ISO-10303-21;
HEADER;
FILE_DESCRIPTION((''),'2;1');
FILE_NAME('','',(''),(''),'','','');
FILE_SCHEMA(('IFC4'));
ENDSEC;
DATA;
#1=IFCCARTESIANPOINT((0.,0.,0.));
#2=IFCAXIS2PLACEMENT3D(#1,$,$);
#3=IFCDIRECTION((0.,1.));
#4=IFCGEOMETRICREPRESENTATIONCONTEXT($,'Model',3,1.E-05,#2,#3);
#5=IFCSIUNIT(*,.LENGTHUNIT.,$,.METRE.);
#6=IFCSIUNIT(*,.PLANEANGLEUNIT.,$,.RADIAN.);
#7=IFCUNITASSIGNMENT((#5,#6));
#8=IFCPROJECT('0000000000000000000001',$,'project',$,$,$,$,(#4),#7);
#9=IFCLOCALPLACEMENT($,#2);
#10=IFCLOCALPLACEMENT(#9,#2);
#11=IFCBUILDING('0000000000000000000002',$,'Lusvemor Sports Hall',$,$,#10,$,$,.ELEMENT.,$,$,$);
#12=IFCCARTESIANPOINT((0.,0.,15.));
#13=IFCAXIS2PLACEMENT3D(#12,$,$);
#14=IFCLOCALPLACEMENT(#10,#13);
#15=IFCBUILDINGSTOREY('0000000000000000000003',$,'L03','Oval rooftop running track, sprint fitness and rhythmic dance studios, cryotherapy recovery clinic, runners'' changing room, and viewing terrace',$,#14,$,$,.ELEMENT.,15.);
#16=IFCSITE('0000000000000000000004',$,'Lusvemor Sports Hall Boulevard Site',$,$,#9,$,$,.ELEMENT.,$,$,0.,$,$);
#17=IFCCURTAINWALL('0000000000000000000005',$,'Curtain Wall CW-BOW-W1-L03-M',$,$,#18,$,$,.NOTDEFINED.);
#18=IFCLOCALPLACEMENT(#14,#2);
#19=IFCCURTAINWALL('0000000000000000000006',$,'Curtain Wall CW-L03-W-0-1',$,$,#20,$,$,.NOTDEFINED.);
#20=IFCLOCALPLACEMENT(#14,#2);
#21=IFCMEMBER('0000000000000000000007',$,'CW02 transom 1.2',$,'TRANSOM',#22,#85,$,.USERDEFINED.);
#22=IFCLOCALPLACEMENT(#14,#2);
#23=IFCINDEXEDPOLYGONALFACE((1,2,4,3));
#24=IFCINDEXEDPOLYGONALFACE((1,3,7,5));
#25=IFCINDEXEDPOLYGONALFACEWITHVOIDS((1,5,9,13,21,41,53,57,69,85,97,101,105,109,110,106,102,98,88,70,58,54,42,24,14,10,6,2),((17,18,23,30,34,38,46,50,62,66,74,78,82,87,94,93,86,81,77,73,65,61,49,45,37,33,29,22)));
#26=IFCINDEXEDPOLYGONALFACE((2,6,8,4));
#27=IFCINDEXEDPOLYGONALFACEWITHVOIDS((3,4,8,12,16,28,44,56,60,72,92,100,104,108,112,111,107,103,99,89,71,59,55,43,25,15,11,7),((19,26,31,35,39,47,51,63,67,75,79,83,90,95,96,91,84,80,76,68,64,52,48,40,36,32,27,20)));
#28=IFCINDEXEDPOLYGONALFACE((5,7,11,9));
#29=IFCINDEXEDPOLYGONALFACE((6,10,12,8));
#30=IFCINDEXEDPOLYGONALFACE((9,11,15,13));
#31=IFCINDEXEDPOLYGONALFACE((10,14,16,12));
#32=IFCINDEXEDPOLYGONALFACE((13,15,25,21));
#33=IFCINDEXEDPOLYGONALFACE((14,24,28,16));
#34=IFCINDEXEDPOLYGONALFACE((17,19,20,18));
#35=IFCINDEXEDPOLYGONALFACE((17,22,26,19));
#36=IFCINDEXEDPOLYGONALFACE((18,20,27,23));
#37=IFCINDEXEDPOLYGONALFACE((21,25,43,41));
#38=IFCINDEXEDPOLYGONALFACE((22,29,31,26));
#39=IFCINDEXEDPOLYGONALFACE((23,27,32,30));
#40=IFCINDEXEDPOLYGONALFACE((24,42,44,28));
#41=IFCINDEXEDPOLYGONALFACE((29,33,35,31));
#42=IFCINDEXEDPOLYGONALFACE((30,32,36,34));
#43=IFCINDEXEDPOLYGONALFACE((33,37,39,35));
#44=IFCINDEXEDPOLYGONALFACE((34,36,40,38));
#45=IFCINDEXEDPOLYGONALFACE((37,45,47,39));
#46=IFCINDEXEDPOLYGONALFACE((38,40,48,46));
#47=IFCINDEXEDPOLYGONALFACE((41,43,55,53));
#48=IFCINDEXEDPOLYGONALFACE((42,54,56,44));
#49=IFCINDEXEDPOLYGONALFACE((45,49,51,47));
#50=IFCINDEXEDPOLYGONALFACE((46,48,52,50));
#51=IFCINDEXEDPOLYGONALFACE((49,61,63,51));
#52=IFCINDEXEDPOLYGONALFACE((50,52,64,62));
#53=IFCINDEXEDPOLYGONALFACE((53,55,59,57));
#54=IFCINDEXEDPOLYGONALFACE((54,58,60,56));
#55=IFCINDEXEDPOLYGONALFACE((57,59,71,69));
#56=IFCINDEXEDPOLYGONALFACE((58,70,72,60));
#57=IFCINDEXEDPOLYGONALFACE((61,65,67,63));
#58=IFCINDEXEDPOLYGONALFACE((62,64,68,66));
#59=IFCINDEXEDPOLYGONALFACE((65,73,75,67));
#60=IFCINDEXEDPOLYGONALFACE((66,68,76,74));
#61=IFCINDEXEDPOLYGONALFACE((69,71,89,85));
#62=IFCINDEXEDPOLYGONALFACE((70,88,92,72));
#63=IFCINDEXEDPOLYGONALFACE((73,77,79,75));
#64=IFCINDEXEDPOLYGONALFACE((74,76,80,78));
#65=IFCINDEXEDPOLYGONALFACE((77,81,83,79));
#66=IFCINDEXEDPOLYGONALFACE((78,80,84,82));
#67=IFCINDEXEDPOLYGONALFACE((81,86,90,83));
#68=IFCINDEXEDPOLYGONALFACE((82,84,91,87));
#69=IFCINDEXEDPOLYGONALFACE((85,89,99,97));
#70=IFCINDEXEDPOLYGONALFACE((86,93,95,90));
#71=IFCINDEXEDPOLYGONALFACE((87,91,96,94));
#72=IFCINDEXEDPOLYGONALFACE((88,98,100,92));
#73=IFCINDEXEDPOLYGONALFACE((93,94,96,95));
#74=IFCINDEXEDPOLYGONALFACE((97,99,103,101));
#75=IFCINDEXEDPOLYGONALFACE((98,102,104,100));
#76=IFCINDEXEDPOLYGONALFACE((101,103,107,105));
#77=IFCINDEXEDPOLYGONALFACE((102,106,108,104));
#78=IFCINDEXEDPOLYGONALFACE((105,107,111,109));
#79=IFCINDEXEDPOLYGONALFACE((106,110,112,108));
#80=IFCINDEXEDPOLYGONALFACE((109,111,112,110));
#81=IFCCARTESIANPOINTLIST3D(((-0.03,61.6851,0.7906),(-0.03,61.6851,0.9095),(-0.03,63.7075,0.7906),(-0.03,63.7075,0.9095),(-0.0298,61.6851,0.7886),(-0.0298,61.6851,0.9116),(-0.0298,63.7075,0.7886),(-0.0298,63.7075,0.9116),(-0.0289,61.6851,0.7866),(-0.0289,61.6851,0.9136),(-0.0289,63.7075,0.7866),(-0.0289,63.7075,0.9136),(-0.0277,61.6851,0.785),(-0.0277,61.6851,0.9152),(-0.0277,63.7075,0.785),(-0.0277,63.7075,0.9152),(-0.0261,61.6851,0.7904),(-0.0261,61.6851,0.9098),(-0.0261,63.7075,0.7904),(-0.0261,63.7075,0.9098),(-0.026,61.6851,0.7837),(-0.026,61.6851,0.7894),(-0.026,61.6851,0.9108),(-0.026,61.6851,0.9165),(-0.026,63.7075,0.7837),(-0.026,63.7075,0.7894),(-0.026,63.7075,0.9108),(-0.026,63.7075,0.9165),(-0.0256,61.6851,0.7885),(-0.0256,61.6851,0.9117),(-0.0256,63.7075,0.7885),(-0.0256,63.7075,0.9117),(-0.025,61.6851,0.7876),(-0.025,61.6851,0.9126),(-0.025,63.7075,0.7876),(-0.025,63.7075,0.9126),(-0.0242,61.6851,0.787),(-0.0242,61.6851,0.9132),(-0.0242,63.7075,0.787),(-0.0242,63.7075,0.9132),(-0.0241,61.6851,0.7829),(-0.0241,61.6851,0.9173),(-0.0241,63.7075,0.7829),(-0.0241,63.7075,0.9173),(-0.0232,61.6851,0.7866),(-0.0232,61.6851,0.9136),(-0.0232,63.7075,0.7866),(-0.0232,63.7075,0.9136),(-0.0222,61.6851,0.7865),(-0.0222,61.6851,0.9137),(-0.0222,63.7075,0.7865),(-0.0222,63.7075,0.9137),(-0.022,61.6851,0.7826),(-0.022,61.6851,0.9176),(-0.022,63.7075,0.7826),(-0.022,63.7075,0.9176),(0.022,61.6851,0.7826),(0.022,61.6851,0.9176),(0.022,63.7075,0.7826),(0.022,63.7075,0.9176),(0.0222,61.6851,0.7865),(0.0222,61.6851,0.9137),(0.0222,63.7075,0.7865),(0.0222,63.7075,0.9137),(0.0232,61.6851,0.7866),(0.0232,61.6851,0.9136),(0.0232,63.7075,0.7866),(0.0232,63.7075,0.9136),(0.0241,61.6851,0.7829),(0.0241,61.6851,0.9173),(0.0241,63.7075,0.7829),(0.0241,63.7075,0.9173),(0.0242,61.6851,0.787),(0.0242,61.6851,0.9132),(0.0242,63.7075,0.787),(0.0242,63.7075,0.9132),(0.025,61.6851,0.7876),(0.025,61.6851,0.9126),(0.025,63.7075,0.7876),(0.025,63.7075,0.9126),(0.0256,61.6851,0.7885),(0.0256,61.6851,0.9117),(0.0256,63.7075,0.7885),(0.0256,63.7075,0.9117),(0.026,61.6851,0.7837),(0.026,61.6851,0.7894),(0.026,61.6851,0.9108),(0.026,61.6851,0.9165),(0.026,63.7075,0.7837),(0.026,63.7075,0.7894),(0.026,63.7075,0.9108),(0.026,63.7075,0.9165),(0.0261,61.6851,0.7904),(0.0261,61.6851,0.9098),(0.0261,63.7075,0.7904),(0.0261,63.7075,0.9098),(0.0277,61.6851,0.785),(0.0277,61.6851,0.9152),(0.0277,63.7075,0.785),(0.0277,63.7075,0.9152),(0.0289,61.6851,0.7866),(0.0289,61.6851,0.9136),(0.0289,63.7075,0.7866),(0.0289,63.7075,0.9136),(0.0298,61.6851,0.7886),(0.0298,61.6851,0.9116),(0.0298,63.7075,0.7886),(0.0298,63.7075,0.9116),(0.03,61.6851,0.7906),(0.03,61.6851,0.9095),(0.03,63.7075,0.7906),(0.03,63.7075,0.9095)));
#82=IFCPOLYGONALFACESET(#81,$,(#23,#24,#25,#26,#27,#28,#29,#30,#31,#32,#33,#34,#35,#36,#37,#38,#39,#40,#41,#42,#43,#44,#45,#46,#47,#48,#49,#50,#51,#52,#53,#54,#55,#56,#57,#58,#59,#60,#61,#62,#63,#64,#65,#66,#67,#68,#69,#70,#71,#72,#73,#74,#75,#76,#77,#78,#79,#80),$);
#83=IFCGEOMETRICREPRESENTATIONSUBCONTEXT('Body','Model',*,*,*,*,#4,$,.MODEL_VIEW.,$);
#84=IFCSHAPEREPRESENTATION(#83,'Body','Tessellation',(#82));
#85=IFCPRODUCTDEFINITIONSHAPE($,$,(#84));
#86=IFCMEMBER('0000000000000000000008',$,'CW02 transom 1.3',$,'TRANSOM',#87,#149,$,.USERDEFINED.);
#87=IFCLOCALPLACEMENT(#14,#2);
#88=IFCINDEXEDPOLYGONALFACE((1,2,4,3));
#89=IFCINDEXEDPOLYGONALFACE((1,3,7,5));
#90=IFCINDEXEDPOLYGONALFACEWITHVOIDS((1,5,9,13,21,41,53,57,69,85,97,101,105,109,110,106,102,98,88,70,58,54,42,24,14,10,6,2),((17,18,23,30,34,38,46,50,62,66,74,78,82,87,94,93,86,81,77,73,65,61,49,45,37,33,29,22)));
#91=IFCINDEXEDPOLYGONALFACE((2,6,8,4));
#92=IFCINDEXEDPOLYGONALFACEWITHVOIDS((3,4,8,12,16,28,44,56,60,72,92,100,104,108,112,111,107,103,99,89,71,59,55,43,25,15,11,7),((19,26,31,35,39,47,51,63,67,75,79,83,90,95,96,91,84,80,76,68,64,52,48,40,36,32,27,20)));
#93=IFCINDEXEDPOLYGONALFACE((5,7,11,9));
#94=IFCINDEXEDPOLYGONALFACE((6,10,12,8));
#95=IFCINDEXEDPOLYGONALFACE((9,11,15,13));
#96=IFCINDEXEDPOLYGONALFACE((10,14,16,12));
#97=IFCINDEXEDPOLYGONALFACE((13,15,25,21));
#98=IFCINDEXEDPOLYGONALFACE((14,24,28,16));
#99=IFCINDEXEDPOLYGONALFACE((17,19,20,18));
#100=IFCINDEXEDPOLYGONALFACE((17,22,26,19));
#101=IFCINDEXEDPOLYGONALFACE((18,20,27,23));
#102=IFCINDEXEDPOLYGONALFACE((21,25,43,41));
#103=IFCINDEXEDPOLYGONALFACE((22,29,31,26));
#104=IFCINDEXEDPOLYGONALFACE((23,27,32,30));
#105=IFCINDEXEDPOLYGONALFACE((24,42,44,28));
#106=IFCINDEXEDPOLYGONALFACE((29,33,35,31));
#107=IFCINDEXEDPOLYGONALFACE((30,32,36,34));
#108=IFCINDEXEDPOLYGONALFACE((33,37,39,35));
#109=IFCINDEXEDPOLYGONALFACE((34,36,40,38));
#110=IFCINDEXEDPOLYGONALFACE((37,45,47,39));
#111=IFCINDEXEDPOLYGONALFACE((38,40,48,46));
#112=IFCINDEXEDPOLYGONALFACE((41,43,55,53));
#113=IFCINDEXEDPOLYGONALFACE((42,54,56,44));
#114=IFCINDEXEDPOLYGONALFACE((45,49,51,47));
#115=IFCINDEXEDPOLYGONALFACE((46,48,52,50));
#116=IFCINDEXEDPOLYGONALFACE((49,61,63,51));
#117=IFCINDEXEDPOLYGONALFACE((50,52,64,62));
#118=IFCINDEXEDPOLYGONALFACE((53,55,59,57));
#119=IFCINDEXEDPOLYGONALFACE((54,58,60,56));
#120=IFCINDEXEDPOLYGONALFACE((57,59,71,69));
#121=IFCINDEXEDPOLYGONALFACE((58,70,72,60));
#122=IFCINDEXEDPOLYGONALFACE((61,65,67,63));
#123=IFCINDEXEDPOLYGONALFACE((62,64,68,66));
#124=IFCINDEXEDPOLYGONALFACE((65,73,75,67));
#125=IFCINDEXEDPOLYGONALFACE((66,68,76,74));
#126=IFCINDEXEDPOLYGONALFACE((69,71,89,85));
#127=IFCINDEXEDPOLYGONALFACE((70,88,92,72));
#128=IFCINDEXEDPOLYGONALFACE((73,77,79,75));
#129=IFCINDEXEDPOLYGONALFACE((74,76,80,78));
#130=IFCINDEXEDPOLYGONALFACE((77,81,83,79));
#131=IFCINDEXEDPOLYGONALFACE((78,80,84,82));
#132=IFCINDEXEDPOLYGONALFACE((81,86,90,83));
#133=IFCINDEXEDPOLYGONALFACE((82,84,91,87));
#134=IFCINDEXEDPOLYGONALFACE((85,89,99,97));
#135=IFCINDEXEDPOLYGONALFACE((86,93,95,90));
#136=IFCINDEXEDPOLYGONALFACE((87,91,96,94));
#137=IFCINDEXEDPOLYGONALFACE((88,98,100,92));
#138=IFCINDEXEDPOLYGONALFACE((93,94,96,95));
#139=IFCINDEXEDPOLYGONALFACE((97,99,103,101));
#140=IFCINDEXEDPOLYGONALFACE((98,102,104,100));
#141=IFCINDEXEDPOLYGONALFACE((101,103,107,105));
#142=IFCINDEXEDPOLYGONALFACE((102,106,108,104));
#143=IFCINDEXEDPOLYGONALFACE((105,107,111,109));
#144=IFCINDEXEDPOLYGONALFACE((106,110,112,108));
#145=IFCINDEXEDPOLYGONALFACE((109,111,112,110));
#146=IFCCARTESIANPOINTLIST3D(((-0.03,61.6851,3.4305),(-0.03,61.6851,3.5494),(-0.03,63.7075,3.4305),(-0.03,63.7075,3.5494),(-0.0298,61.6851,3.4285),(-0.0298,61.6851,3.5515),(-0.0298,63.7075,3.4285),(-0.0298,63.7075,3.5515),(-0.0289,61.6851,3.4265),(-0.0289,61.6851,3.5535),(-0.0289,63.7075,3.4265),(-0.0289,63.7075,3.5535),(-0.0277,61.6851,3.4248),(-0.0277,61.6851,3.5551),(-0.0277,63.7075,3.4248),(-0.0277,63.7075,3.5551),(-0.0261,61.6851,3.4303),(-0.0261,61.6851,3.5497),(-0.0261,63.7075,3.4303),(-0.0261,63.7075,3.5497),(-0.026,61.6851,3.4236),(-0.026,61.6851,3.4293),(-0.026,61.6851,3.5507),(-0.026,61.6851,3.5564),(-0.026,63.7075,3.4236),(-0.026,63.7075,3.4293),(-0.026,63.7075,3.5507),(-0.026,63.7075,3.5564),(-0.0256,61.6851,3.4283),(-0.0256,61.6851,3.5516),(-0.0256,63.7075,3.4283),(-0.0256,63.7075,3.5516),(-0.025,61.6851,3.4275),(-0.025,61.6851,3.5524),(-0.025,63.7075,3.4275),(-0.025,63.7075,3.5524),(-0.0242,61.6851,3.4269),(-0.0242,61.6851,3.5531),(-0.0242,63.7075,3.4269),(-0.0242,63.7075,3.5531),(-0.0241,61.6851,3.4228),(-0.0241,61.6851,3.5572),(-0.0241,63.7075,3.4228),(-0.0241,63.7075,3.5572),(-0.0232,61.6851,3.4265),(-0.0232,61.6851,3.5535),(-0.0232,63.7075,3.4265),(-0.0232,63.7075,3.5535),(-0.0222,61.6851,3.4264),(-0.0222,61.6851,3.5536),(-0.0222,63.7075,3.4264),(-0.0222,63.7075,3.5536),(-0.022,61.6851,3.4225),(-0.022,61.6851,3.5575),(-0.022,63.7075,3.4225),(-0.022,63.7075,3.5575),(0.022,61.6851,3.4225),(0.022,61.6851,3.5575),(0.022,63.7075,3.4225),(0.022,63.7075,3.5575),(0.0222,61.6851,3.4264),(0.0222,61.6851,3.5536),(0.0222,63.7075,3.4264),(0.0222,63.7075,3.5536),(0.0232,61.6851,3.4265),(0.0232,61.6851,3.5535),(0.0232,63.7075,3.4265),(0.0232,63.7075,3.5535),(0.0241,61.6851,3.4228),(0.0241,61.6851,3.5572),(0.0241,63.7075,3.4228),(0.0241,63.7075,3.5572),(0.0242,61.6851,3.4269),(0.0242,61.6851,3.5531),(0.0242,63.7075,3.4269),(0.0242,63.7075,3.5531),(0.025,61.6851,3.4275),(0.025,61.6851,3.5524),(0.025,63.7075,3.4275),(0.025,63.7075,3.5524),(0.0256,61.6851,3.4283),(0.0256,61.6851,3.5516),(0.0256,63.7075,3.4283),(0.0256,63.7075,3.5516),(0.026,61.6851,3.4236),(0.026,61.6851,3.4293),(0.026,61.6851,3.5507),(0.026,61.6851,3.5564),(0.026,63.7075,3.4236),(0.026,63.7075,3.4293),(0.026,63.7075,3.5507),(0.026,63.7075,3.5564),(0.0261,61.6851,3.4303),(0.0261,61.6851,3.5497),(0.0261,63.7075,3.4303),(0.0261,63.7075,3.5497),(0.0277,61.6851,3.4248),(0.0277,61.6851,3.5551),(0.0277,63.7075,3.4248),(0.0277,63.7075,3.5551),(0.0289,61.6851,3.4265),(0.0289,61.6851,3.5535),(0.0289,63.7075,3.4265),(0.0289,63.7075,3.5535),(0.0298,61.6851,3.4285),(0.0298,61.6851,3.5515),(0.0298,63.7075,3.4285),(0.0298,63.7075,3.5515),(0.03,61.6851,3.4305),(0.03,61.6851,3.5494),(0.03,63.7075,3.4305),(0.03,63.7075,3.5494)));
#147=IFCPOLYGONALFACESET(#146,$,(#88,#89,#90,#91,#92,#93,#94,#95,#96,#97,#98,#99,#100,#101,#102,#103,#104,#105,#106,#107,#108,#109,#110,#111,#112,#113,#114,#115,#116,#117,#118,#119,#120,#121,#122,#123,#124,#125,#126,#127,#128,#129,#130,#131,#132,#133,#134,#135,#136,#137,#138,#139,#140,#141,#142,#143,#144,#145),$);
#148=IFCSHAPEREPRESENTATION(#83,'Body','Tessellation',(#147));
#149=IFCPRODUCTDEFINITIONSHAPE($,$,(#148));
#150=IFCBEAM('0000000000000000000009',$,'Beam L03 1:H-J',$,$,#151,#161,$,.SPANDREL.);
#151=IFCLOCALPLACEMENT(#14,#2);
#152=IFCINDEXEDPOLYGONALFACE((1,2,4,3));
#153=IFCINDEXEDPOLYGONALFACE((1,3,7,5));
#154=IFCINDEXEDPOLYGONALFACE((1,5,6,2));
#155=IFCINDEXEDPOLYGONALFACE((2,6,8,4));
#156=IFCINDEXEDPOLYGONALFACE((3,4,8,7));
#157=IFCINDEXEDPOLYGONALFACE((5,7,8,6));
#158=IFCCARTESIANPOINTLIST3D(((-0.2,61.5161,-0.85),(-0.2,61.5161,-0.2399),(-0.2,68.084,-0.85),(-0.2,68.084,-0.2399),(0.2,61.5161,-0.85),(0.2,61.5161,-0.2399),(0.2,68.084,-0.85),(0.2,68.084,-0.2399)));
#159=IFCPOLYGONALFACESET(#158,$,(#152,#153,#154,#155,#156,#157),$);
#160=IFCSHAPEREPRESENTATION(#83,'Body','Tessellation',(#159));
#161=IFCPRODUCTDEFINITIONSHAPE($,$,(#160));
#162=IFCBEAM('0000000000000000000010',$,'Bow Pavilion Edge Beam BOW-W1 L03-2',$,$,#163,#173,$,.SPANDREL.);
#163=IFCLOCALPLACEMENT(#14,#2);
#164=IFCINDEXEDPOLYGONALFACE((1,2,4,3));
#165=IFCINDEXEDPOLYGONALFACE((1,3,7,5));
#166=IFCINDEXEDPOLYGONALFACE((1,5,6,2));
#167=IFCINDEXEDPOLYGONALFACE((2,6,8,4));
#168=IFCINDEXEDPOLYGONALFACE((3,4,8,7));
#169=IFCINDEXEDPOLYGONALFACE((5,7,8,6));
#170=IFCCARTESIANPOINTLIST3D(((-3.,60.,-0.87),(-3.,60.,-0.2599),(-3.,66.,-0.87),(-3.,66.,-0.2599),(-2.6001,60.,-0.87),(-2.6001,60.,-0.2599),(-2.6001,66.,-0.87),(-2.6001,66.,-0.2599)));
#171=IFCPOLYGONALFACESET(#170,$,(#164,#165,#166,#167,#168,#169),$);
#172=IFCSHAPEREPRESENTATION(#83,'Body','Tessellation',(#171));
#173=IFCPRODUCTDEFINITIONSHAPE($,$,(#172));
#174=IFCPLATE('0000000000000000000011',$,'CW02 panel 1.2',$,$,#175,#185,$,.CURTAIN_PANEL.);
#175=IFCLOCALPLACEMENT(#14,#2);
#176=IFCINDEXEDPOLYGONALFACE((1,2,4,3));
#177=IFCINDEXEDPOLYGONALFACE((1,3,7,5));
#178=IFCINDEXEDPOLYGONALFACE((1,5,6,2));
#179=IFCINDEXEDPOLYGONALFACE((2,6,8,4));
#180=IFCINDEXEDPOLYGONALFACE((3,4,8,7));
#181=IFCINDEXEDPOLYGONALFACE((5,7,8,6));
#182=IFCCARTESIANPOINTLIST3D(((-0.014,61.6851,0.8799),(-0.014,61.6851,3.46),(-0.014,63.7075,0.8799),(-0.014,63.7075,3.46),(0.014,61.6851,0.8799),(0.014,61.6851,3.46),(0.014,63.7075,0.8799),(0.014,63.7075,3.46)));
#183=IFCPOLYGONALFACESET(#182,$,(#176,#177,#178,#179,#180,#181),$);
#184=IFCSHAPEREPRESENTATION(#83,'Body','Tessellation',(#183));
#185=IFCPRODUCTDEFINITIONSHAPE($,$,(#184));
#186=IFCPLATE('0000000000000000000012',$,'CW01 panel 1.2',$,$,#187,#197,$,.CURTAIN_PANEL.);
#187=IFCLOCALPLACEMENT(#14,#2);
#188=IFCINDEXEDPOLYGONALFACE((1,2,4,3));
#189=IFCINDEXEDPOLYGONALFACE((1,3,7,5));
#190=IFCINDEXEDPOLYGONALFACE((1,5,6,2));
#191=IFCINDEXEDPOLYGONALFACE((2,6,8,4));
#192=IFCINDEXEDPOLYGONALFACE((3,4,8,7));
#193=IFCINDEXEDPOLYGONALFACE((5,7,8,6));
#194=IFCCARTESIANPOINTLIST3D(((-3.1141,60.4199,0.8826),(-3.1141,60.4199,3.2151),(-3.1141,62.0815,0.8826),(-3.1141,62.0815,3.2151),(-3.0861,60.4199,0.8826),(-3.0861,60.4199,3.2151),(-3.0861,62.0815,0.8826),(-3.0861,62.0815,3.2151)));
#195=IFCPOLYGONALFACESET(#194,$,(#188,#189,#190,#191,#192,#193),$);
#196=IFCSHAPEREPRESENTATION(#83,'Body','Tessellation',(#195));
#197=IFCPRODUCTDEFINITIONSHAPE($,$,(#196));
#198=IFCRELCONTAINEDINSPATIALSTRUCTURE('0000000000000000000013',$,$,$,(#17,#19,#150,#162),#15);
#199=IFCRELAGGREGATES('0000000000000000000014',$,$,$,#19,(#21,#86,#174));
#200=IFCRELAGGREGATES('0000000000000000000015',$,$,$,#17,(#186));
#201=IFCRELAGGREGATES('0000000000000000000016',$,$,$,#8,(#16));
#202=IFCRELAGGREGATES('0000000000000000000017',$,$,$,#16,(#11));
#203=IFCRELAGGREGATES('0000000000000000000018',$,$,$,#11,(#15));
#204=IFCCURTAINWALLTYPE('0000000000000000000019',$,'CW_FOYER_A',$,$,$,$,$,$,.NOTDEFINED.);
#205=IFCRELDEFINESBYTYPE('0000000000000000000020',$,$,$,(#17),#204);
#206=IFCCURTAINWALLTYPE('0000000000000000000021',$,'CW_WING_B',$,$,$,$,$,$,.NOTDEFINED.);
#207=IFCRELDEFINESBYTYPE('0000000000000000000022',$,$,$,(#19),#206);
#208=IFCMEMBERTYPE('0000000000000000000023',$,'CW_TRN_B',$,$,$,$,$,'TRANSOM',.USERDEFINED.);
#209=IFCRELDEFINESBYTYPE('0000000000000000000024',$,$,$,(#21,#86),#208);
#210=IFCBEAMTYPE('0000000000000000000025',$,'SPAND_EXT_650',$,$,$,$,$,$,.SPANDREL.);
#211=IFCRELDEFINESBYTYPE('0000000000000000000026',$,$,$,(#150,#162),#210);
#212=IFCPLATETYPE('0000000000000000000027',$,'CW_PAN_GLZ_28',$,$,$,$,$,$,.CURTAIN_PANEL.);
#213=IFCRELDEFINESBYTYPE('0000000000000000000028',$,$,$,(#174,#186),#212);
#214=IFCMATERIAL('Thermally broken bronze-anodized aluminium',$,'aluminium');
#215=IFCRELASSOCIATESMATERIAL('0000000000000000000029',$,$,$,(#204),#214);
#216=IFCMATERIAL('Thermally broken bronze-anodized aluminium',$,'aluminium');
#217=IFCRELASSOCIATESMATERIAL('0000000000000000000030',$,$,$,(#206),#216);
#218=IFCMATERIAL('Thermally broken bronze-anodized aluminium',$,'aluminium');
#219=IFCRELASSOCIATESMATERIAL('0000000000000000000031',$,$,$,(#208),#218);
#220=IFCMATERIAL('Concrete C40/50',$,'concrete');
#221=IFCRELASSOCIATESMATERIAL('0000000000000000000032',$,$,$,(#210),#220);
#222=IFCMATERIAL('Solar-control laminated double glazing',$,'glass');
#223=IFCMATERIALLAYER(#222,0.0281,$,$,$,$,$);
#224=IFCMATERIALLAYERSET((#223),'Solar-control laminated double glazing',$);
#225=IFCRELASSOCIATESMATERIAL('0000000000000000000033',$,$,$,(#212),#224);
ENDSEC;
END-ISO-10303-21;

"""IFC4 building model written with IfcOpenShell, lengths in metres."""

from ifc_helpers import new_model, si_unit, direction, frame, origin, origin_2d, place, context, subcontext, project, spatial, rectangle, hollow_rectangle, extrude, material, layer, layer_set, material_profile, profile_set, type_object, element, aggregate, save


model = new_model("IFC4")

# Units and contexts
model_context = context("Model", 3, precision=1e-05, world=origin(), true_north=direction((0.0, 1.0)))
body_context = subcontext(model_context, "Body", "Model", "MODEL_VIEW")
ifc_project = project(units=[si_unit("LENGTHUNIT", "METRE"), si_unit("PLANEANGLEUNIT", "RADIAN")], contexts=[model_context])

# Site, building, storey
site_placement = place(None, origin())
site = spatial("IfcSite", under=ifc_project, at=site_placement, Name="Lusvemor Sports Hall Boulevard Site", CompositionType="ELEMENT", RefElevation=0.0)
building_placement = place(site_placement, origin())
building = spatial("IfcBuilding", under=site, at=building_placement, Name="Lusvemor Sports Hall", CompositionType="ELEMENT")
storey_placement = place(building_placement, frame((0.0, 0.0, 15.0)))
storey = spatial("IfcBuildingStorey", under=building, at=storey_placement, Name="L03", Description="Oval rooftop running track, sprint fitness and rhythmic dance studios, cryotherapy recovery clinic, runners' changing room, and viewing terrace", CompositionType="ELEMENT", Elevation=15.0)

# Curtain wall
ifc_material_1 = material(Name="Thermally broken bronze-anodized aluminium", Category="aluminium")
curtain_wall_type_1 = type_object("IfcCurtainWallType", Name="CW_FOYER_A", PredefinedType="NOTDEFINED", material=ifc_material_1)
curtain_wall_1_placement = place(storey_placement, origin())
curtain_wall_1 = element("IfcCurtainWall", 1, at=curtain_wall_1_placement, inside=storey, type_object=curtain_wall_type_1, Name="Curtain Wall CW-BOW-W1-L03-M", PredefinedType="NOTDEFINED")

# Curtain wall
ifc_material_2 = material(Name="Thermally broken bronze-anodized aluminium", Category="aluminium")
curtain_wall_type_2 = type_object("IfcCurtainWallType", Name="CW_WING_B", PredefinedType="NOTDEFINED", material=ifc_material_2)
curtain_wall_2_placement = place(storey_placement, origin())
curtain_wall_2 = element("IfcCurtainWall", 2, at=curtain_wall_2_placement, inside=storey, type_object=curtain_wall_type_2, Name="Curtain Wall CW-L03-W-0-1", PredefinedType="NOTDEFINED")

# Members
ifc_material_3 = material(Name="Thermally broken bronze-anodized aluminium", Category="aluminium")
ifc_material_profile_1 = material_profile(ifc_material_3, hollow_rectangle(XDim=0.0601, YDim=0.135, WallThickness=0.0039, InnerFilletRadius=0.0039, OuterFilletRadius=0.0081, at=origin_2d()), Name="CWTRN135x60x4")
ifc_profile_set_1 = profile_set([ifc_material_profile_1], Name="Thermally broken bronze-anodized aluminium")
member_type_1 = type_object("IfcMemberType", Name="CW_TRN_B", ElementType="TRANSOM", PredefinedType="USERDEFINED", material=ifc_profile_set_1)
member_1_placement = place(storey_placement, frame((0.0, 61.6851, 0.8501), z_axis=(0.0, 1.0, 0.0), x_axis=(-1.0, 0.0, 0.0)))
member_1 = element("IfcMember", 3, at=member_1_placement, type_object=member_type_1, Name="CW02 transom 1.2", ObjectType="TRANSOM", PredefinedType="USERDEFINED", context=body_context, shape_type="SweptSolid", body=[
    extrude(hollow_rectangle(XDim=0.0601, YDim=0.135, WallThickness=0.0039, InnerFilletRadius=0.0039, OuterFilletRadius=0.0081, at=origin_2d()), origin(), (0.0, 0.0, 1.0), 2.0225),
])
member_2_placement = place(storey_placement, frame((0.0, 61.6851, 3.49), z_axis=(0.0, 1.0, 0.0), x_axis=(-1.0, 0.0, 0.0)))
member_2 = element("IfcMember", 4, at=member_2_placement, type_object=member_type_1, Name="CW02 transom 1.3", ObjectType="TRANSOM", PredefinedType="USERDEFINED", context=body_context, shape_type="SweptSolid", body=[
    extrude(hollow_rectangle(XDim=0.0601, YDim=0.135, WallThickness=0.0039, InnerFilletRadius=0.0039, OuterFilletRadius=0.0081, at=origin_2d()), origin(), (0.0, 0.0, 1.0), 2.0225),
])

# Beams
ifc_material_4 = material(Name="Concrete C40/50", Category="concrete")
ifc_material_profile_2 = material_profile(ifc_material_4, rectangle(XDim=0.3999, YDim=0.6101, at=origin_2d()), Name="RC400x610")
ifc_profile_set_2 = profile_set([ifc_material_profile_2], Name="Concrete C40/50")
beam_type = type_object("IfcBeamType", Name="SPAND_EXT_650", PredefinedType="SPANDREL", material=ifc_profile_set_2)
beam_1_placement = place(storey_placement, frame((0.0, 61.5161, -0.5449), z_axis=(0.0, 1.0, 0.0), x_axis=(-1.0, 0.0, 0.0)))
element("IfcBeam", 5, at=beam_1_placement, inside=storey, type_object=beam_type, Name="Beam L03 1:H-J", PredefinedType="SPANDREL", context=body_context, shape_type="SweptSolid", body=[
    extrude(rectangle(XDim=0.3999, YDim=0.6101, at=origin_2d()), origin(), (0.0, 0.0, 1.0), 6.5679),
])
beam_2_placement = place(storey_placement, frame((-2.8, 60.0, -0.5649), z_axis=(0.0, 1.0, 0.0), x_axis=(-1.0, 0.0, 0.0)))
element("IfcBeam", 6, at=beam_2_placement, inside=storey, type_object=beam_type, Name="Bow Pavilion Edge Beam BOW-W1 L03-2", PredefinedType="SPANDREL", context=body_context, shape_type="SweptSolid", body=[
    extrude(rectangle(XDim=0.3999, YDim=0.6101, at=origin_2d()), origin(), (0.0, 0.0, 1.0), 6.0),
])

# Plates
ifc_material_5 = material(Name="Solar-control laminated double glazing", Category="glass")
ifc_layer_1 = layer(ifc_material_5, 0.0281)
ifc_layer_set_1 = layer_set([ifc_layer_1], Name="Solar-control laminated double glazing")
plate_type_1 = type_object("IfcPlateType", Name="CW_PAN_GLZ_28", PredefinedType="CURTAIN_PANEL", material=ifc_layer_set_1)
plate_1_placement = place(storey_placement, frame((0.0, 62.6963, 0.8799), z_axis=(0.0, 0.0, 1.0), x_axis=(0.0, 1.0, 0.0)))
plate_1 = element("IfcPlate", 7, at=plate_1_placement, type_object=plate_type_1, Name="CW02 panel 1.2", PredefinedType="CURTAIN_PANEL", context=body_context, shape_type="SweptSolid", body=[
    extrude(rectangle(XDim=2.0225, YDim=0.0281, at=origin_2d()), origin(), (0.0, 0.0, 1.0), 2.5801),
])
plate_2_placement = place(storey_placement, frame((-3.1001, 61.2507, 0.8826), z_axis=(0.0, 0.0, 1.0), x_axis=(0.0, 1.0, 0.0)))
plate_2 = element("IfcPlate", 8, at=plate_2_placement, type_object=plate_type_1, Name="CW01 panel 1.2", PredefinedType="CURTAIN_PANEL", context=body_context, shape_type="SweptSolid", body=[
    extrude(rectangle(XDim=1.6616, YDim=0.0281, at=origin_2d()), origin(), (0.0, 0.0, 1.0), 2.3325),
])
aggregate(curtain_wall_2, [member_1, member_2, plate_1])
aggregate(curtain_wall_1, [plate_2])

save(model, "model.ifc")
